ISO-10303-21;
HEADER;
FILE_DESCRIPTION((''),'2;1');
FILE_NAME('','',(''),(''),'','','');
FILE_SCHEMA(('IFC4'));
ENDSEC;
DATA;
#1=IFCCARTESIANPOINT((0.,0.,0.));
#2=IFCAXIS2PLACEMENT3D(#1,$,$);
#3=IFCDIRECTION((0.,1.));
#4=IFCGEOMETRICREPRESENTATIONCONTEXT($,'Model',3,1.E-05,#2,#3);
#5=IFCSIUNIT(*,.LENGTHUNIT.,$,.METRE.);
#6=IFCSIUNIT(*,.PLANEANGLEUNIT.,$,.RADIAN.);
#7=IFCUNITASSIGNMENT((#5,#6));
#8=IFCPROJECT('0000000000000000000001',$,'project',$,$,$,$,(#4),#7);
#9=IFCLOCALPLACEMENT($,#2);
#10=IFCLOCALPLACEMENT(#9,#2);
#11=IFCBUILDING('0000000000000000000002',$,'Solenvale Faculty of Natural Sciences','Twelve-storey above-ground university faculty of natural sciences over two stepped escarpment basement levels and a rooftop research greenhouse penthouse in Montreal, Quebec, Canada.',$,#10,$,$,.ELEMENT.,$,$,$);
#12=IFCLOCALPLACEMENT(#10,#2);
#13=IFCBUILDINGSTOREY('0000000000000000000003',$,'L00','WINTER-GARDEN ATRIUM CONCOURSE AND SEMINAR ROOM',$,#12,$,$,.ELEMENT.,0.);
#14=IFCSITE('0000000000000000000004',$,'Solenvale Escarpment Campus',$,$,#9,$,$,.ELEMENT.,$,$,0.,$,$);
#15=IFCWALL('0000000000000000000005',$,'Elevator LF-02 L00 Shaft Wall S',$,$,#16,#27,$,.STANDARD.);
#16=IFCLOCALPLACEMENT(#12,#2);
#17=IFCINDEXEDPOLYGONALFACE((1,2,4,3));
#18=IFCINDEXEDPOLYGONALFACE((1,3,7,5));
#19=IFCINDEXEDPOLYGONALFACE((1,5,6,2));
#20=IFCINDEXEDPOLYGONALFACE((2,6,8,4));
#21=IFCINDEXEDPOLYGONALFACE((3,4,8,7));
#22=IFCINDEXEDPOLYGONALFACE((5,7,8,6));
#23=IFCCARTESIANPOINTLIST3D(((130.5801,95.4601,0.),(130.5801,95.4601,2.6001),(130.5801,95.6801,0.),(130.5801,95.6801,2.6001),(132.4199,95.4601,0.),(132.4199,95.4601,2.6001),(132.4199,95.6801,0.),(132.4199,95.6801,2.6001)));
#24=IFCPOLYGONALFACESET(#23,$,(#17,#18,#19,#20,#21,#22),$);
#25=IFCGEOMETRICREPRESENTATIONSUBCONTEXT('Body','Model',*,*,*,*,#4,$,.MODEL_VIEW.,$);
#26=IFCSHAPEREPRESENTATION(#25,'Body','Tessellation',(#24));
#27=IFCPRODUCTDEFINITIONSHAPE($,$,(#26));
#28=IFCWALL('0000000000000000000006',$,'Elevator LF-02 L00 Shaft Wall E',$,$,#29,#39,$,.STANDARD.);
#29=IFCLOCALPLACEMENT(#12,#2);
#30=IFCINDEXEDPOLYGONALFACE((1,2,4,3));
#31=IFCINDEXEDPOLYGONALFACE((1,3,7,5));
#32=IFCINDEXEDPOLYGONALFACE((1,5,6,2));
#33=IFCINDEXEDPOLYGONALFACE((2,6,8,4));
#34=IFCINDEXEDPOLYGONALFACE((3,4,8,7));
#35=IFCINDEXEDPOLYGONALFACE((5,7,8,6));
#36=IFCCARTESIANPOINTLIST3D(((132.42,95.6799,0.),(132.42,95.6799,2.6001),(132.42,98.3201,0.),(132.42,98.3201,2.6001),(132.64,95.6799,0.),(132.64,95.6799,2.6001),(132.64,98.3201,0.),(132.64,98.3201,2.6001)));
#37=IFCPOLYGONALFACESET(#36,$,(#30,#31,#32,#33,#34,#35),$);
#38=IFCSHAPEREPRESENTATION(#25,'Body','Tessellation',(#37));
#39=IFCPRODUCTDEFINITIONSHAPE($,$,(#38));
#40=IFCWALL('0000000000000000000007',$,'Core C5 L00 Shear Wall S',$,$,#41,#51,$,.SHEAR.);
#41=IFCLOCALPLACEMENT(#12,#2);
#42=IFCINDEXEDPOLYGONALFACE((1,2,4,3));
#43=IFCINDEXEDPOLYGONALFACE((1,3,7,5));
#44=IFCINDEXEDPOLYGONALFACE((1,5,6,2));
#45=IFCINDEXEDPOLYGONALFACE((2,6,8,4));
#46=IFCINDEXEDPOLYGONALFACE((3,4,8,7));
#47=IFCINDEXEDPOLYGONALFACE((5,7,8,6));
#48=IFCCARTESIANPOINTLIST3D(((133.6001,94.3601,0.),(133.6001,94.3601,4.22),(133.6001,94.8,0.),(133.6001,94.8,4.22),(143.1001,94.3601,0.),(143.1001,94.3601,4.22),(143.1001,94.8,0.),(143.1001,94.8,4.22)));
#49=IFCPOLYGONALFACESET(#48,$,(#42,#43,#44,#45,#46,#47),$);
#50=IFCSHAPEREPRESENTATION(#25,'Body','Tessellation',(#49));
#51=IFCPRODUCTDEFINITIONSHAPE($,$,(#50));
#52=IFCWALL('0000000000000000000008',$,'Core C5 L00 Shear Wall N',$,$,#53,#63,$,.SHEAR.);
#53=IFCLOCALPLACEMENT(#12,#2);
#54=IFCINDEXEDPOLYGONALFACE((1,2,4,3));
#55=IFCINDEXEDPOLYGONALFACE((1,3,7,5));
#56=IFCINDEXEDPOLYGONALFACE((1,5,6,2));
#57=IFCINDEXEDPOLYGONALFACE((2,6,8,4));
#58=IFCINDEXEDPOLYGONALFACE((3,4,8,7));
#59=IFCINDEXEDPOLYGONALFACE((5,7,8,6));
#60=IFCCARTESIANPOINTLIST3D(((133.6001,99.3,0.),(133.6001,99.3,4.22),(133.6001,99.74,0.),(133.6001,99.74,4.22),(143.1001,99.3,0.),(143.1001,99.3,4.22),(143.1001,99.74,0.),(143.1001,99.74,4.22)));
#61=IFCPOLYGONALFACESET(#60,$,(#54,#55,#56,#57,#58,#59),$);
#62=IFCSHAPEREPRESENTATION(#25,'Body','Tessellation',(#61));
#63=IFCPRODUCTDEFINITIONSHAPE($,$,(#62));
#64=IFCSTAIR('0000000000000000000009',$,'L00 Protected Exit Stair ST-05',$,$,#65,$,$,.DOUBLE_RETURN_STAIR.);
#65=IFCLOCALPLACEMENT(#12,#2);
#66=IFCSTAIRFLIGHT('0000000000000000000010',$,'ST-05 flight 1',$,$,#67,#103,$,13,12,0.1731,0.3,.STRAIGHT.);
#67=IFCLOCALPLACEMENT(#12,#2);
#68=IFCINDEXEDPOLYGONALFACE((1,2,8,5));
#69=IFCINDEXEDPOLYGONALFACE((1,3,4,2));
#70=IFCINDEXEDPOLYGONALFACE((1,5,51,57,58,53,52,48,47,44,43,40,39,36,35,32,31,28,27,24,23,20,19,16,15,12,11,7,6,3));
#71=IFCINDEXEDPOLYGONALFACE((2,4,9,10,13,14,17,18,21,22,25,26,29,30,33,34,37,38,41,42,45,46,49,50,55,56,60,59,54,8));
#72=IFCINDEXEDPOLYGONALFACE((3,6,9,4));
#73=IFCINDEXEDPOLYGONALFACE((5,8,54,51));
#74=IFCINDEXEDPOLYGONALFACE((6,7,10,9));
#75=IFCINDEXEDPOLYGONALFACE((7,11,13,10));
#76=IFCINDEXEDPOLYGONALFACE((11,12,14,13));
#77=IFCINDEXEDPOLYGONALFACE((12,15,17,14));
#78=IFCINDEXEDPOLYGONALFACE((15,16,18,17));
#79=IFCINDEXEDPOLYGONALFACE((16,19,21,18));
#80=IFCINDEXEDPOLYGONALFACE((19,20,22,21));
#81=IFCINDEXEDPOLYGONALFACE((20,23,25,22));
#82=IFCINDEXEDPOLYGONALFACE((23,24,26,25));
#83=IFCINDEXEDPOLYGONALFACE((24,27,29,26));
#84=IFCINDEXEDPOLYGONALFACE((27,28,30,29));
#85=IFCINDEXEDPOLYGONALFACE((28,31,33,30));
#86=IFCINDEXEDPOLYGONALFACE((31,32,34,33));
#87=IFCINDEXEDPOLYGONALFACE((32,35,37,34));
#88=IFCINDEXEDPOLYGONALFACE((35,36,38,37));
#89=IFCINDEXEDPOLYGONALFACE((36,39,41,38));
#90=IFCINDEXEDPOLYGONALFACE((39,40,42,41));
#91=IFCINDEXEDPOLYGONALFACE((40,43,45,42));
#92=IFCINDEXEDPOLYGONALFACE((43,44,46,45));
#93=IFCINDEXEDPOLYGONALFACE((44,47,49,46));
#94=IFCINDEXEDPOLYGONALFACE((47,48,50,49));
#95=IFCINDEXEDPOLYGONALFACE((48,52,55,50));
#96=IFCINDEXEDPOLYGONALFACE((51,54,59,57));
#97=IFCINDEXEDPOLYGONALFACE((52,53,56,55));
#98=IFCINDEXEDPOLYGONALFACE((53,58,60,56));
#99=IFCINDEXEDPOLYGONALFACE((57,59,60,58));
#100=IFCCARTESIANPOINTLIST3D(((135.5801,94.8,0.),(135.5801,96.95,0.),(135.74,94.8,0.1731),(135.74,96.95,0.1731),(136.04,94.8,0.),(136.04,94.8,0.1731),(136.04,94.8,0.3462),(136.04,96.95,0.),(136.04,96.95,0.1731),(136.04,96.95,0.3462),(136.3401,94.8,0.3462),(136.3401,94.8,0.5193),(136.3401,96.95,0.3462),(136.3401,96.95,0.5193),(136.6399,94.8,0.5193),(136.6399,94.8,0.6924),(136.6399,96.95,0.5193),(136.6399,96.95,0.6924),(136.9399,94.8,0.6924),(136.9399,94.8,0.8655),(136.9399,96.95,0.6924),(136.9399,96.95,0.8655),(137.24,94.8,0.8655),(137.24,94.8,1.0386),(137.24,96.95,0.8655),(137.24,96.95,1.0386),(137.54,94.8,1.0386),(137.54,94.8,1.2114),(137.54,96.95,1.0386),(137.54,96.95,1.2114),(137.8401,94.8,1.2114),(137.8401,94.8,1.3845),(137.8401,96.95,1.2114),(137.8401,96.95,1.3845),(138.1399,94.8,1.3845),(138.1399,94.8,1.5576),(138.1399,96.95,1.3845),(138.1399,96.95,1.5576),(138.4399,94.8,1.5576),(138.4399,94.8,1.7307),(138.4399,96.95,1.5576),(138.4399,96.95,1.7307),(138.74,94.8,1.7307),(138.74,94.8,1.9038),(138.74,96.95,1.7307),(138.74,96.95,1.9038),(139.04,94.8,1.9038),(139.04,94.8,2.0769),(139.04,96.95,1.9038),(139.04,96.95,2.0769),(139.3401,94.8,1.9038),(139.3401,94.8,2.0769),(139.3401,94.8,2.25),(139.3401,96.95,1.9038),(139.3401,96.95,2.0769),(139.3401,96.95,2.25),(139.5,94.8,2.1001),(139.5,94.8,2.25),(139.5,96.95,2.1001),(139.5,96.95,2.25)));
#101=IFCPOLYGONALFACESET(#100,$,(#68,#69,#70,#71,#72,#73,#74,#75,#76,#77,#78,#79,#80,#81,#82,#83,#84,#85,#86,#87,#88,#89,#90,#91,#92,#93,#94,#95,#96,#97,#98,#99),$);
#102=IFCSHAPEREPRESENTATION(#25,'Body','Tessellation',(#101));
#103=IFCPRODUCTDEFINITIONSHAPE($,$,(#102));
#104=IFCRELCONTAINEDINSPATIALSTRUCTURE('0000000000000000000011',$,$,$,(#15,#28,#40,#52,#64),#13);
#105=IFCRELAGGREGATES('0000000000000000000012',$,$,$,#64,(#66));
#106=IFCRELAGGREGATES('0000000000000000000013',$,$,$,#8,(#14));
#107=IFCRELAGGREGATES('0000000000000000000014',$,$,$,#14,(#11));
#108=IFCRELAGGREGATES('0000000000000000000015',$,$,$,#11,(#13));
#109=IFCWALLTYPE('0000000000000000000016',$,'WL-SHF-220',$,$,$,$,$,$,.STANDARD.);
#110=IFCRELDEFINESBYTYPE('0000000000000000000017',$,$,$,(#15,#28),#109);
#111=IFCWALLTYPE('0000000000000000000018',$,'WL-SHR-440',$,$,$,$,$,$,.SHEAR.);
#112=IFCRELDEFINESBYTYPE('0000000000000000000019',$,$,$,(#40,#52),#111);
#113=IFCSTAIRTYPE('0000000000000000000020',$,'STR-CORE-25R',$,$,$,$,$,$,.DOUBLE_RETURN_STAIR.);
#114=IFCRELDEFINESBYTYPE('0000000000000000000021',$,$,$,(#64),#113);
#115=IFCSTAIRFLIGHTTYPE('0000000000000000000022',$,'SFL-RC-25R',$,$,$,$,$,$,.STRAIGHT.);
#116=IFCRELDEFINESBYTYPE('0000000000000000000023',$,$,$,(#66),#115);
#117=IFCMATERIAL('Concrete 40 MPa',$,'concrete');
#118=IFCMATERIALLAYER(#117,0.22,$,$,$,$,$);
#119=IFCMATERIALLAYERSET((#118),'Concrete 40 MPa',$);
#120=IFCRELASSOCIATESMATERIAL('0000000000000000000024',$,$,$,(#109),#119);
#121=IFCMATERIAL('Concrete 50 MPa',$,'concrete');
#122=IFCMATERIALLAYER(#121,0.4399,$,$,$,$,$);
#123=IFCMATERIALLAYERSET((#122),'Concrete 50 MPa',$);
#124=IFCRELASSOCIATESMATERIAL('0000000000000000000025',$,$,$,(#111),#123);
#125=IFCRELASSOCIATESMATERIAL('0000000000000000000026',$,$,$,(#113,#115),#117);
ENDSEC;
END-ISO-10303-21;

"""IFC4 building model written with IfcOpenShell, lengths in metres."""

from ifc_helpers import new_model, si_unit, direction, frame, frame_2d, origin, place, context, subcontext, project, spatial, polyline, rectangle, outline, extrude, material, layer, layer_set, type_object, element, aggregate, save


model = new_model("IFC4")

# Units and contexts
model_context = context("Model", 3, precision=1e-05, world=origin(), true_north=direction((0.0, 1.0)))
body_context = subcontext(model_context, "Body", "Model", "MODEL_VIEW")
ifc_project = project(units=[si_unit("LENGTHUNIT", "METRE"), si_unit("PLANEANGLEUNIT", "RADIAN")], contexts=[model_context])

# Site, building, storey
site_placement = place(None, origin())
site = spatial("IfcSite", under=ifc_project, at=site_placement, Name="Solenvale Escarpment Campus", CompositionType="ELEMENT", RefElevation=0.0)
building_placement = place(site_placement, origin())
building = spatial("IfcBuilding", under=site, at=building_placement, Name="Solenvale Faculty of Natural Sciences", Description="Twelve-storey above-ground university faculty of natural sciences over two stepped escarpment basement levels and a rooftop research greenhouse penthouse in Montreal, Quebec, Canada.", CompositionType="ELEMENT")
storey_placement = place(building_placement, origin())
storey = spatial("IfcBuildingStorey", under=building, at=storey_placement, Name="L00", Description="WINTER-GARDEN ATRIUM CONCOURSE AND SEMINAR ROOM", CompositionType="ELEMENT", Elevation=0.0)

# Shared definitions
ifc_material_1 = material(Name="Concrete 50 MPa", Category="concrete")

# Shared definitions
ifc_material_2 = material(Name="Concrete 40 MPa", Category="concrete")

# Wall
ifc_layer_1 = layer(ifc_material_2, 0.22)
ifc_layer_set_1 = layer_set([ifc_layer_1], Name="Concrete 40 MPa")
wall_type_1 = type_object("IfcWallType", Name="WL-SHF-220", PredefinedType="STANDARD", material=ifc_layer_set_1)
wall_1_placement = place(storey_placement, frame((130.5801, 95.5701, 0.0), z_axis=(0.0, 0.0, 1.0), x_axis=(1.0, 0.0, 0.0)))
element("IfcWall", 1, at=wall_1_placement, inside=storey, type_object=wall_type_1, Name="Elevator LF-02 L00 Shaft Wall S", PredefinedType="STANDARD", context=body_context, shape_type="SweptSolid", body=[
    extrude(rectangle(XDim=1.8398, YDim=0.22, at=frame_2d((0.9199, 0.0))), origin(), (0.0, 0.0, 1.0), 2.6001),
])

# Walls
wall_2_placement = place(storey_placement, frame((132.53, 95.6799, 0.0), z_axis=(0.0, 0.0, 1.0), x_axis=(0.0, 1.0, 0.0)))
element("IfcWall", 2, at=wall_2_placement, inside=storey, type_object=wall_type_1, Name="Elevator LF-02 L00 Shaft Wall E", PredefinedType="STANDARD", context=body_context, shape_type="SweptSolid", body=[
    extrude(rectangle(XDim=2.6401, YDim=0.22, at=frame_2d((1.3201, 0.0))), origin(), (0.0, 0.0, 1.0), 2.6001),
])
ifc_layer_2 = layer(ifc_material_1, 0.4399)
ifc_layer_set_2 = layer_set([ifc_layer_2], Name="Concrete 50 MPa")
wall_type_2 = type_object("IfcWallType", Name="WL-SHR-440", PredefinedType="SHEAR", material=ifc_layer_set_2)
for number, where, z_axis, x_axis, name in (
    (3, (133.6001, 94.5801, 0.0), (0.0, 0.0, 1.0), (1.0, 0.0, 0.0), "Core C5 L00 Shear Wall S"),
    (4, (133.6001, 99.52, 0.0), (0.0, 0.0, 1.0), (1.0, 0.0, 0.0), "Core C5 L00 Shear Wall N"),
):
    element("IfcWall", number, at=place(storey_placement, frame(where, z_axis=z_axis, x_axis=x_axis)), inside=storey, type_object=wall_type_2, Name=name, PredefinedType="SHEAR", context=body_context, shape_type="SweptSolid", body=[
        extrude(rectangle(XDim=9.5, YDim=0.4399, at=frame_2d((4.75, 0.0))), origin(), (0.0, 0.0, 1.0), 4.22),
    ])

# Stair, stair flight
stair_type = type_object("IfcStairType", Name="STR-CORE-25R", PredefinedType="DOUBLE_RETURN_STAIR", material=ifc_material_2)
stair_placement = place(storey_placement, origin())
stair = element("IfcStair", 5, at=stair_placement, inside=storey, type_object=stair_type, Name="L00 Protected Exit Stair ST-05", PredefinedType="DOUBLE_RETURN_STAIR")
stair_flight_type = type_object("IfcStairFlightType", Name="SFL-RC-25R", PredefinedType="STRAIGHT", material=ifc_material_2)
stair_flight_placement = place(storey_placement, frame((135.74, 95.875, 0.0), z_axis=(0.0, 0.0, 1.0), x_axis=(1.0, 0.0, 0.0)))
stair_flight = element("IfcStairFlight", 6, at=stair_flight_placement, type_object=stair_flight_type, Name="ST-05 flight 1", NumberOfRisers=13, NumberOfTreads=12, PredefinedType="STRAIGHT", RiserHeight=0.1731, TreadLength=0.3, context=body_context, shape_type="SweptSolid", body=[
    extrude(outline(polyline([(-0.1599, 0.0), (0.0, 0.1731), (0.3, 0.1731), (0.3, 0.3462), (0.6001, 0.3462), (0.6001, 0.5193), (0.8999, 0.5193), (0.8999, 0.6924), (1.2, 0.6924), (1.2, 0.8655), (1.5, 0.8655), (1.5, 1.0386), (1.8, 1.0386), (1.8, 1.2114), (2.1001, 1.2114), (2.1001, 1.3845), (2.3999, 1.3845), (2.3999, 1.5576), (2.7, 1.5576), (2.7, 1.7307), (3.0, 1.7307), (3.0, 1.9038), (3.3, 1.9038), (3.3, 2.0769), (3.6001, 2.0769), (3.6001, 2.25), (3.76, 2.25), (3.76, 2.1001), (3.6001, 1.9038), (0.3, 0.0), (-0.1599, 0.0)])), frame((0.0, 1.075, 0.0), z_axis=(0.0, -1.0, 0.0), x_axis=(1.0, 0.0, 0.0)), (0.0, 0.0, 1.0), 2.1499),
])
aggregate(stair, [stair_flight])

save(model, "model.ifc")
